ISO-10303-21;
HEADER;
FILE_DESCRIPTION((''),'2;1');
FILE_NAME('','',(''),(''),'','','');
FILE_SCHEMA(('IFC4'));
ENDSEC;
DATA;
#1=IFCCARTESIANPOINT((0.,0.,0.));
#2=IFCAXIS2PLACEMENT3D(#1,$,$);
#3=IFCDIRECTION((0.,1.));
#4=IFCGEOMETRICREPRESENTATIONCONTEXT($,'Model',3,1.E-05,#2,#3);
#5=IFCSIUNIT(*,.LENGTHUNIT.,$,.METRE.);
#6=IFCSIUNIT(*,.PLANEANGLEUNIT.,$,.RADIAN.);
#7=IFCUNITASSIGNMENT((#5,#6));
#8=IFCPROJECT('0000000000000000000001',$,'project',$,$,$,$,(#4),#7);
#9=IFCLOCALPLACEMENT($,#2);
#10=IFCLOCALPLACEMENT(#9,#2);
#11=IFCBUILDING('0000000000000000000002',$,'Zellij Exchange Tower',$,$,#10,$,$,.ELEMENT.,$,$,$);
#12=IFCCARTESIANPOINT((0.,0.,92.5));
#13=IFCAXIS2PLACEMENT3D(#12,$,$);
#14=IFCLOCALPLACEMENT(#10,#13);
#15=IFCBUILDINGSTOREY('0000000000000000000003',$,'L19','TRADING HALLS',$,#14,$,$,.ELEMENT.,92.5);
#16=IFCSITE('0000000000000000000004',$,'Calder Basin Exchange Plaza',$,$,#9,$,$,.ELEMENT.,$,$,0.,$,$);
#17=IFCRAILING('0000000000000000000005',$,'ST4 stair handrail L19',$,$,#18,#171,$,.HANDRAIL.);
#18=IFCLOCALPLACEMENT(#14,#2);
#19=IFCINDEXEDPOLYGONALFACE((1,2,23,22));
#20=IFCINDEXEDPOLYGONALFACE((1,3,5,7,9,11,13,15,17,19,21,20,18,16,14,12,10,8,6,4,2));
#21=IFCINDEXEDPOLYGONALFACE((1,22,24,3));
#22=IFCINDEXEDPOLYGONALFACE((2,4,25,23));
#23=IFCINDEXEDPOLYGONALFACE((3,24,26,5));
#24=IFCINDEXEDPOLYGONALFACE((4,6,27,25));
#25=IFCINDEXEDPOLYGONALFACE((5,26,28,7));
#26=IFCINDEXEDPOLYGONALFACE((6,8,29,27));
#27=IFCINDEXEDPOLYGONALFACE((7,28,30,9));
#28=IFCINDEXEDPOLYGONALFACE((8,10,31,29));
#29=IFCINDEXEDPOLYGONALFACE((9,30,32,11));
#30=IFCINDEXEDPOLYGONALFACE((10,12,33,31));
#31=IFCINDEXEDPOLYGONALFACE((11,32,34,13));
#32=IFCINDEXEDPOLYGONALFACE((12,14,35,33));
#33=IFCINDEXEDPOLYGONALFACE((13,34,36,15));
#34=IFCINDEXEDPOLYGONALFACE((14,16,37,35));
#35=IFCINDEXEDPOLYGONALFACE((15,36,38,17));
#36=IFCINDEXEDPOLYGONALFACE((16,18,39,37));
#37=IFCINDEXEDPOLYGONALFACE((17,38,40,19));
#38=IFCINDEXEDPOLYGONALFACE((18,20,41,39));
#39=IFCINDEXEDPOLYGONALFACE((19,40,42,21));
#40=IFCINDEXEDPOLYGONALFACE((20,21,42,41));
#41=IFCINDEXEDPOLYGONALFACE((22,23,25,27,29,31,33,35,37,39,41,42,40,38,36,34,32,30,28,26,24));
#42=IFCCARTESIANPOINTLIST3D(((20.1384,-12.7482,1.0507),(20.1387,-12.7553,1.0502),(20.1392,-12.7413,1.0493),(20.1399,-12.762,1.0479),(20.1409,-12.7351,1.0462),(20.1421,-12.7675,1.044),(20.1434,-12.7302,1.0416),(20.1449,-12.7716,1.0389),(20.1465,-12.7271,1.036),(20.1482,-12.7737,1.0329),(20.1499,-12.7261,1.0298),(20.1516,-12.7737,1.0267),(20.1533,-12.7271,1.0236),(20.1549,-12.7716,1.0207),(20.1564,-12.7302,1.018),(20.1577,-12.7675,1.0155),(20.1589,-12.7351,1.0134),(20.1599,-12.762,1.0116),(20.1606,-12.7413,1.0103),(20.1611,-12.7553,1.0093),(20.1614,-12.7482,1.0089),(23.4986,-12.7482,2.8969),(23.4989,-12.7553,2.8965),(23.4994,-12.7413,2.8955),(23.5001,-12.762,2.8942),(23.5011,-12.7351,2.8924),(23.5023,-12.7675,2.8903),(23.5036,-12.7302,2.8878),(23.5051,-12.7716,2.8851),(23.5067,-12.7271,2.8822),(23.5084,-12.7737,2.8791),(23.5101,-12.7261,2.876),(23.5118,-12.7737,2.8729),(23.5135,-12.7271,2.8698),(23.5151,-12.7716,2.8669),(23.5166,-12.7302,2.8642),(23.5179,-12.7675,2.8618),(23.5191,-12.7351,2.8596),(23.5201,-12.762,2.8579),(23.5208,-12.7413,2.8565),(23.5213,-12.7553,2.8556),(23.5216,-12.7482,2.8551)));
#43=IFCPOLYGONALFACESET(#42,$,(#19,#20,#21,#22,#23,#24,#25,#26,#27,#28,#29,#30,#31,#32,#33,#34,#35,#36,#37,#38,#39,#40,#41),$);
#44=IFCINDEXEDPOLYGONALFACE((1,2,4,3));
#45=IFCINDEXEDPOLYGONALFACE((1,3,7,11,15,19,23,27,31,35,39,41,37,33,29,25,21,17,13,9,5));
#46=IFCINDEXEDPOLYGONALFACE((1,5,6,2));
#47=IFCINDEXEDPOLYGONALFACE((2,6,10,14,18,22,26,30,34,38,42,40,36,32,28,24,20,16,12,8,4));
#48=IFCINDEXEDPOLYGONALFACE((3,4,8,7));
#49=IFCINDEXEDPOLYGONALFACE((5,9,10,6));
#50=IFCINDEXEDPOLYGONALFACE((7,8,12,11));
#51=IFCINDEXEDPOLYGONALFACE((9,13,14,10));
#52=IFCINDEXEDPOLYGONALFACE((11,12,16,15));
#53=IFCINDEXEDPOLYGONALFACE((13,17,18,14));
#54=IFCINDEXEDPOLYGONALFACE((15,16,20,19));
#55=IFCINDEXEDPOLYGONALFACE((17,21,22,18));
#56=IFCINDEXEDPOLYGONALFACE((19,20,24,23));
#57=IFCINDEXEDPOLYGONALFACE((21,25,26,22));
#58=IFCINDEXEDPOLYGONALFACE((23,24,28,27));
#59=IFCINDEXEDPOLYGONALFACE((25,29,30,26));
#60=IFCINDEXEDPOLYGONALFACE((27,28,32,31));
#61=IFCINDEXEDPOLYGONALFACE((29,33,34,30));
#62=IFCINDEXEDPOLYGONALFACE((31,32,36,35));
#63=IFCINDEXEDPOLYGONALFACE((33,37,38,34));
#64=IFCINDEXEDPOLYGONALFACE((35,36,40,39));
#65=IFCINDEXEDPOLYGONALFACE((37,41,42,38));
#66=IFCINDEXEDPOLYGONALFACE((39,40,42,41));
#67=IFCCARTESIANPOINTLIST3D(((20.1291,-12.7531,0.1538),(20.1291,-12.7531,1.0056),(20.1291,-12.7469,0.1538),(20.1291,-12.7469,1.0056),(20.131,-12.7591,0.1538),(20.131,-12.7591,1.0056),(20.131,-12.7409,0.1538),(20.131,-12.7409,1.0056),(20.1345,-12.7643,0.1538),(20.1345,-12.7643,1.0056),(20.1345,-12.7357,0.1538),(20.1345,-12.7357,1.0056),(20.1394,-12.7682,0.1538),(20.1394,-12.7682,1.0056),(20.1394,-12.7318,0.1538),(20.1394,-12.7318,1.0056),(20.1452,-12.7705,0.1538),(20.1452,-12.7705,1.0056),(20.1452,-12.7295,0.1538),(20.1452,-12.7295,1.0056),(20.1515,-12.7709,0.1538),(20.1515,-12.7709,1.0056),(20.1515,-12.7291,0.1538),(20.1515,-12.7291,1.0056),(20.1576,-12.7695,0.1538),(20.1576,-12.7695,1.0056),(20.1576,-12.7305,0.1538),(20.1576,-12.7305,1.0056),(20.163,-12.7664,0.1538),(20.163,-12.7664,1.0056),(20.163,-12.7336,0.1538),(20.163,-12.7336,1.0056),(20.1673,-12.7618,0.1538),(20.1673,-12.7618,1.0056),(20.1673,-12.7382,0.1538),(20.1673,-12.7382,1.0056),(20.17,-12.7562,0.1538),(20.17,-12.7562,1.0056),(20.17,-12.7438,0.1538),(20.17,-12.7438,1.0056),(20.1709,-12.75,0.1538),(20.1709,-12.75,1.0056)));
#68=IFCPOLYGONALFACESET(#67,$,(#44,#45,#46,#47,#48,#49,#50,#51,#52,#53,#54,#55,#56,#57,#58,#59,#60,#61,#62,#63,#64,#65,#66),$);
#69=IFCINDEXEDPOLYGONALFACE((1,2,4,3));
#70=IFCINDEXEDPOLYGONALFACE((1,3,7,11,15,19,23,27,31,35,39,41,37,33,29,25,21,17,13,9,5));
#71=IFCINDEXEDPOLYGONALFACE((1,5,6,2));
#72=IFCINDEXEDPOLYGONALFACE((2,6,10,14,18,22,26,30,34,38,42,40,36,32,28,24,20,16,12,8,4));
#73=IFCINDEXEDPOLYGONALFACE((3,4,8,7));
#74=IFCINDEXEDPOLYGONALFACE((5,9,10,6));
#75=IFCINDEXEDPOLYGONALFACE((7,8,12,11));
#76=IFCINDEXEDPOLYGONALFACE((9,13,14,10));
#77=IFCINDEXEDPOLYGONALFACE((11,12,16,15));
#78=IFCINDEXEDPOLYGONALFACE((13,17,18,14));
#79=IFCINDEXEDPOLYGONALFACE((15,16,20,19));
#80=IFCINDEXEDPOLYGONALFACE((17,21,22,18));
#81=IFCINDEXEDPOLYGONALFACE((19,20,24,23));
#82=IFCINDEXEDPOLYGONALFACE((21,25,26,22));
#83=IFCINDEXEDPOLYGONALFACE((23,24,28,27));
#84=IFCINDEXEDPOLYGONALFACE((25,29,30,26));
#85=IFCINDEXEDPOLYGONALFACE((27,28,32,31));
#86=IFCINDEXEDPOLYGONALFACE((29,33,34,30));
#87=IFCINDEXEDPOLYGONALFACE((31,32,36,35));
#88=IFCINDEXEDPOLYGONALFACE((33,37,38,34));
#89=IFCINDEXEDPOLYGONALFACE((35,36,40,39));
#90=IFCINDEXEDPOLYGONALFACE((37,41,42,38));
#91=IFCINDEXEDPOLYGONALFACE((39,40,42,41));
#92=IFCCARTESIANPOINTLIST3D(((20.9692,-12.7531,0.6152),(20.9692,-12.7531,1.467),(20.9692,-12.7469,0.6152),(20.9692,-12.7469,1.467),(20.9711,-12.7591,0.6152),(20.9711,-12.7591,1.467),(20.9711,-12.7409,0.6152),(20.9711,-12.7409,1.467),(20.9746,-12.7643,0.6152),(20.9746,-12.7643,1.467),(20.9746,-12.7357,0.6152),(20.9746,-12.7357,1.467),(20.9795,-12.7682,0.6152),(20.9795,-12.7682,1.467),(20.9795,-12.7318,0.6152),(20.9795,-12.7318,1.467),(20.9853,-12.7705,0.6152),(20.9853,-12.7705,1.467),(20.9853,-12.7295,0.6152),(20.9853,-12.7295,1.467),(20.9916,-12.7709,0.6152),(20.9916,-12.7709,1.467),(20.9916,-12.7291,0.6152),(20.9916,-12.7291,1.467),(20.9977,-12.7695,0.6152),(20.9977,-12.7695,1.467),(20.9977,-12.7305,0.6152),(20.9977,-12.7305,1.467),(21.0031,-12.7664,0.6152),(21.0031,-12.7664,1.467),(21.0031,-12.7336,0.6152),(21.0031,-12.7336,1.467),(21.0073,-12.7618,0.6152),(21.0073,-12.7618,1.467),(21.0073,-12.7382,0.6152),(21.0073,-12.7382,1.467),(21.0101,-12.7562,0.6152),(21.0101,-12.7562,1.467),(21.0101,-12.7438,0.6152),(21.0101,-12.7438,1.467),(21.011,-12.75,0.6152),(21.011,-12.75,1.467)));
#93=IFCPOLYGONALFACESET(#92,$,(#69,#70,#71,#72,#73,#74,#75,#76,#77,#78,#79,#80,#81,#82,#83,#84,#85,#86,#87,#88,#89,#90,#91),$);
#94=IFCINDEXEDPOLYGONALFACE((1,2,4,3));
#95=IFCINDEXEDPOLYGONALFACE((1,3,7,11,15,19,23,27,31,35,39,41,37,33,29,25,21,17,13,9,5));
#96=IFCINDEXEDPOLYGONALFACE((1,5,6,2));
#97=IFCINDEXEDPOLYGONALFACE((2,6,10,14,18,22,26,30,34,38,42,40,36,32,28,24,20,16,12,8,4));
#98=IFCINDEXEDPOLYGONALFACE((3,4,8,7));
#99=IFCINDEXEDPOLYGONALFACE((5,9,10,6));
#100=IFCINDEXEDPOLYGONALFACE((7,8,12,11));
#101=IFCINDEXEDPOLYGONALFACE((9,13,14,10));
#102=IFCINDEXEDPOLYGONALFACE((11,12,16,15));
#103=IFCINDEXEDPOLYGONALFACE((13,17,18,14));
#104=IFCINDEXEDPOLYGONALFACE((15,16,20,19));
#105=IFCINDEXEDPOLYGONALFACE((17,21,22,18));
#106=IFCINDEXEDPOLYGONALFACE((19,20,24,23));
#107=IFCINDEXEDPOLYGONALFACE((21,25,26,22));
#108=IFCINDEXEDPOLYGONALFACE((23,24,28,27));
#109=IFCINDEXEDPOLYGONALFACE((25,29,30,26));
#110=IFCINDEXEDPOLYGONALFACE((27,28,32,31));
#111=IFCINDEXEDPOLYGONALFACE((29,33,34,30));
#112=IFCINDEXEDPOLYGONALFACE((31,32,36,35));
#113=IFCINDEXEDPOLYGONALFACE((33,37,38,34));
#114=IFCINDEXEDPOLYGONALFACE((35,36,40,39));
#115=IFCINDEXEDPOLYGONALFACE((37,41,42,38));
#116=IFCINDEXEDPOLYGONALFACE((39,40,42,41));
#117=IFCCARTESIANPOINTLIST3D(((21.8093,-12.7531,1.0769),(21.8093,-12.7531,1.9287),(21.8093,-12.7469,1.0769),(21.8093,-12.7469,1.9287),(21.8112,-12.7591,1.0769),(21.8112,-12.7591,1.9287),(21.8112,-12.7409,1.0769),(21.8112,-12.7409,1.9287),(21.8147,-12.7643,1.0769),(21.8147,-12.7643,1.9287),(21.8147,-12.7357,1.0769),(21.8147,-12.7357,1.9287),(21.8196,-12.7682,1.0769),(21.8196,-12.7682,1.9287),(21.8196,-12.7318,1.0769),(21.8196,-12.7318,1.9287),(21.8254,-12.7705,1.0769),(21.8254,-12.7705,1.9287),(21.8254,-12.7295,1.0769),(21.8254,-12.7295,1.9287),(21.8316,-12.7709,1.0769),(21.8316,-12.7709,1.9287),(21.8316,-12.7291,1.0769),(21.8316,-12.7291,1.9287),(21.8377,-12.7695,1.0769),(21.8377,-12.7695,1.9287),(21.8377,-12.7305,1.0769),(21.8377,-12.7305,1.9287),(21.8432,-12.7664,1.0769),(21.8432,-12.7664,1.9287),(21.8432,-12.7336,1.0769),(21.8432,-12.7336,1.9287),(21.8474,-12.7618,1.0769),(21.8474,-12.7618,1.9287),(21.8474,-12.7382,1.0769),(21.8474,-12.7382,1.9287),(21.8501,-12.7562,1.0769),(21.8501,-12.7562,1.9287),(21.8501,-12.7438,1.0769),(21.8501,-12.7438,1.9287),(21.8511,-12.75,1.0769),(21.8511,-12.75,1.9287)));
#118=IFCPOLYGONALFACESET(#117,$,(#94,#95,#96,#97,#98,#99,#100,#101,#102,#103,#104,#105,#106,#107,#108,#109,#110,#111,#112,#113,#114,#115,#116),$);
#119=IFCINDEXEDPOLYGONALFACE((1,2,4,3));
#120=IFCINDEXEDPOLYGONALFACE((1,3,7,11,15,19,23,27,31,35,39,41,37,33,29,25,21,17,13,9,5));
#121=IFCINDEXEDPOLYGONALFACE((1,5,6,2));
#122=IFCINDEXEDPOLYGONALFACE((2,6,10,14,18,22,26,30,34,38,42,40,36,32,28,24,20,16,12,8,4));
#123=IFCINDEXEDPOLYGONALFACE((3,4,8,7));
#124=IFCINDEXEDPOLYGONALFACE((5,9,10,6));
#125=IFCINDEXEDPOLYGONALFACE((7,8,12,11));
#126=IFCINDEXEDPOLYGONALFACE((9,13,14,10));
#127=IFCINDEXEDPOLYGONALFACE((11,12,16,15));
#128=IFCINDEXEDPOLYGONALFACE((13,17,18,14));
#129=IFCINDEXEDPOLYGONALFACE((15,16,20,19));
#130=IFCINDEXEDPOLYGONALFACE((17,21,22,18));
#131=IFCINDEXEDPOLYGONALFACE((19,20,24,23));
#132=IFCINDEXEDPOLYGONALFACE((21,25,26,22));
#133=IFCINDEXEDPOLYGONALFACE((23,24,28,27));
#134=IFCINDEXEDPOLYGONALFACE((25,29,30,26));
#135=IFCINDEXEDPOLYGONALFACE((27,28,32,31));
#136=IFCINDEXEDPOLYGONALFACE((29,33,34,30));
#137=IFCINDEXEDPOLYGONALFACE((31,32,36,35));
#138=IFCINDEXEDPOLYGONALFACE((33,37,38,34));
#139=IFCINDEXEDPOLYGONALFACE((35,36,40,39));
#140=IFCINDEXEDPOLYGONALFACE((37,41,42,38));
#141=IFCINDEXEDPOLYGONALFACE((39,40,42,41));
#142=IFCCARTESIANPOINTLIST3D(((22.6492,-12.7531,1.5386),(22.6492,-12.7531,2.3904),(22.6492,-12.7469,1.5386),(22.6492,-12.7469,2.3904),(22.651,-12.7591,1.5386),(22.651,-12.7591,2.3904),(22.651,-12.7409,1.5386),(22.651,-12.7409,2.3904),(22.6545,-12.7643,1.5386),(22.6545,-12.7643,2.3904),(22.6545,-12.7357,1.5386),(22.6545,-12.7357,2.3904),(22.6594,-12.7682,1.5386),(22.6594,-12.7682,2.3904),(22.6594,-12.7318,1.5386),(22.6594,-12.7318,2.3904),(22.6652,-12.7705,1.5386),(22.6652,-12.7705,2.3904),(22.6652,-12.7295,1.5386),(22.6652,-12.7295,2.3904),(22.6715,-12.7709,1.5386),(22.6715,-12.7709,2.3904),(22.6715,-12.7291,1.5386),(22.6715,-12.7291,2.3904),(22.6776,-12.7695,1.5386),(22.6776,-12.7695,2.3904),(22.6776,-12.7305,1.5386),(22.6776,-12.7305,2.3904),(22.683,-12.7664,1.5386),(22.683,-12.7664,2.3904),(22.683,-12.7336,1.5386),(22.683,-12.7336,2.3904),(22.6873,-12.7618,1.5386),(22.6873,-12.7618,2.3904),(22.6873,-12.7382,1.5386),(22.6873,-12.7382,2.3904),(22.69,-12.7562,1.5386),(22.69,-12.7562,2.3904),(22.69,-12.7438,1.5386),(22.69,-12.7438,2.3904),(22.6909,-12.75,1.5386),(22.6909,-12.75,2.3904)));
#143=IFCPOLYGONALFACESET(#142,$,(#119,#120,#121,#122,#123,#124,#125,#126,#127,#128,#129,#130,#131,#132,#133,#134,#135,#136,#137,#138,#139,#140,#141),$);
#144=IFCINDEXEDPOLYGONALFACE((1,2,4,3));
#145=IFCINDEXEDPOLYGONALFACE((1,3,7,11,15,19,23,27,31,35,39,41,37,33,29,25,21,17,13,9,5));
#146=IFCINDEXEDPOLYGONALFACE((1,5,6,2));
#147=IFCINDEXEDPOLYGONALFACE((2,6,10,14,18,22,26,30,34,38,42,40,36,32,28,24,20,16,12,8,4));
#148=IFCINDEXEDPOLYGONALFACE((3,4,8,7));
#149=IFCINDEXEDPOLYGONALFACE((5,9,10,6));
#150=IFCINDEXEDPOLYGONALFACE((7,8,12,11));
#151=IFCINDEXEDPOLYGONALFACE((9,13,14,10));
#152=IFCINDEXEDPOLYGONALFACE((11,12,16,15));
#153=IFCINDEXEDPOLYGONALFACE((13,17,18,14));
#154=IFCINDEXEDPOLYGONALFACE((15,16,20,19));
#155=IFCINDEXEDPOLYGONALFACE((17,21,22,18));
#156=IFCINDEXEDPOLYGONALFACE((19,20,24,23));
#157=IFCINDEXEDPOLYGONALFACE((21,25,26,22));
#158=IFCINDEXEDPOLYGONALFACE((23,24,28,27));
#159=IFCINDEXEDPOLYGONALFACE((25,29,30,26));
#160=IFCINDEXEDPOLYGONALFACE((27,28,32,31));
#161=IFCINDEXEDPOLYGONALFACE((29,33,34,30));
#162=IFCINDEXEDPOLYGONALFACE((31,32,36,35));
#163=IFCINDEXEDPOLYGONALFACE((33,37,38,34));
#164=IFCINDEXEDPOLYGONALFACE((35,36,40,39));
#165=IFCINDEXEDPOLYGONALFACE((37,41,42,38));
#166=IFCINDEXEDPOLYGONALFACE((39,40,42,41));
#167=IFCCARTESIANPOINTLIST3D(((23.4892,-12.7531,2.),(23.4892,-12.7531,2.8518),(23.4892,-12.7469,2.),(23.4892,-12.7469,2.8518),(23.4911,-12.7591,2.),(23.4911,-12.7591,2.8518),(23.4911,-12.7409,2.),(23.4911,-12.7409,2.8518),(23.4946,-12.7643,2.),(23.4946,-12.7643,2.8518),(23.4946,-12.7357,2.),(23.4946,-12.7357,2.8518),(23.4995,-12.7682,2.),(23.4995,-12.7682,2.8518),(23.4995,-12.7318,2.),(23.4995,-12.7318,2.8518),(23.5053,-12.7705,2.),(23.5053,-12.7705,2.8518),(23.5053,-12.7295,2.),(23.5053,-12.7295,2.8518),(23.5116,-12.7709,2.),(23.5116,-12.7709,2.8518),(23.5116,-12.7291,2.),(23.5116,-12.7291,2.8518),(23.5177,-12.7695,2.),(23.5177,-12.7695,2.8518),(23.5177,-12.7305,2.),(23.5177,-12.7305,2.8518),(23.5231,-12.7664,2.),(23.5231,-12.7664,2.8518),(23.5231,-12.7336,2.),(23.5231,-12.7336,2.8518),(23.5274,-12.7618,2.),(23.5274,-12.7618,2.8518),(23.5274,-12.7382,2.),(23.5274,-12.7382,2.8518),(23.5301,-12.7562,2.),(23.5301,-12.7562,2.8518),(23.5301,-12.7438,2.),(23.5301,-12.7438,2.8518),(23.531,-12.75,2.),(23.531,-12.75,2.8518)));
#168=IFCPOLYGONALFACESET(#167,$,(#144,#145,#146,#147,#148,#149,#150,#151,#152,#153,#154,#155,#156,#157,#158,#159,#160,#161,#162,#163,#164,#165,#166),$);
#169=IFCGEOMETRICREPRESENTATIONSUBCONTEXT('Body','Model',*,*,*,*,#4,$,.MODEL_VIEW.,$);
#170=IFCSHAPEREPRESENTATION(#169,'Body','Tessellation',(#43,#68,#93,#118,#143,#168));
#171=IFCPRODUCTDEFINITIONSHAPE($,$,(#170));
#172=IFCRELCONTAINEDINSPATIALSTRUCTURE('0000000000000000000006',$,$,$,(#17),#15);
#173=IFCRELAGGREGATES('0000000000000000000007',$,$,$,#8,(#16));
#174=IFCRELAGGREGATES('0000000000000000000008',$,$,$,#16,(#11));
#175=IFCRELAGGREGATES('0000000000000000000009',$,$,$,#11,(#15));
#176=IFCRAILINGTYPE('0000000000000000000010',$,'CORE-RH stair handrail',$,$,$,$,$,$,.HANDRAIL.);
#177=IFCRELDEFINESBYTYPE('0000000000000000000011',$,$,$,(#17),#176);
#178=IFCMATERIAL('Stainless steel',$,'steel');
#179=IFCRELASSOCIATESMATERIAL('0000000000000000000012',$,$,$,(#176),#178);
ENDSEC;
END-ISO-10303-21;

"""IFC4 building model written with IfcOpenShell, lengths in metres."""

from ifc_helpers import new_model, si_unit, direction, frame, origin, origin_2d, place, context, subcontext, project, spatial, circle, extrude, material, type_object, element, save


model = new_model("IFC4")

# Units and contexts
model_context = context("Model", 3, precision=1e-05, world=origin(), true_north=direction((0.0, 1.0)))
body_context = subcontext(model_context, "Body", "Model", "MODEL_VIEW")
ifc_project = project(units=[si_unit("LENGTHUNIT", "METRE"), si_unit("PLANEANGLEUNIT", "RADIAN")], contexts=[model_context])

# Site, building, storey
site_placement = place(None, origin())
site = spatial("IfcSite", under=ifc_project, at=site_placement, Name="Calder Basin Exchange Plaza", CompositionType="ELEMENT", RefElevation=0.0)
building_placement = place(site_placement, origin())
building = spatial("IfcBuilding", under=site, at=building_placement, Name="Zellij Exchange Tower", CompositionType="ELEMENT")
storey_placement = place(building_placement, frame((0.0, 0.0, 92.5)))
storey = spatial("IfcBuildingStorey", under=building, at=storey_placement, Name="L19", Description="TRADING HALLS", CompositionType="ELEMENT", Elevation=92.5)

# Railing
ifc_material_1 = material(Name="Stainless steel", Category="steel")
railing_type_1 = type_object("IfcRailingType", Name="CORE-RH stair handrail", PredefinedType="HANDRAIL", material=ifc_material_1)
railing_1_placement = place(storey_placement, frame((20.1499, -12.75, 0.1538)))
element("IfcRailing", 1, at=railing_1_placement, inside=storey, type_object=railing_type_1, Name="ST4 stair handrail L19", PredefinedType="HANDRAIL", context=body_context, shape_type="SweptSolid", body=[
    extrude(circle(Radius=0.0239, at=origin_2d()), frame((0.0, 0.0, 0.876), z_axis=(0.876422, 0.0, 0.481545), x_axis=(0.0, 1.0, 0.0)), (0.0, 0.0, 1.0), 3.834),
    extrude(circle(Radius=0.021, at=origin_2d()), origin(), (0.0, 0.0, 1.0), 0.8518),
    extrude(circle(Radius=0.021, at=origin_2d()), frame((0.8401, 0.0, 0.4614)), (0.0, 0.0, 1.0), 0.8518),
    extrude(circle(Radius=0.021, at=origin_2d()), frame((1.6802, 0.0, 0.9231)), (0.0, 0.0, 1.0), 0.8518),
    extrude(circle(Radius=0.021, at=origin_2d()), frame((2.52, 0.0, 1.3848)), (0.0, 0.0, 1.0), 0.8518),
    extrude(circle(Radius=0.021, at=origin_2d()), frame((3.3601, 0.0, 1.8462)), (0.0, 0.0, 1.0), 0.8518),
])

save(model, "model.ifc")
